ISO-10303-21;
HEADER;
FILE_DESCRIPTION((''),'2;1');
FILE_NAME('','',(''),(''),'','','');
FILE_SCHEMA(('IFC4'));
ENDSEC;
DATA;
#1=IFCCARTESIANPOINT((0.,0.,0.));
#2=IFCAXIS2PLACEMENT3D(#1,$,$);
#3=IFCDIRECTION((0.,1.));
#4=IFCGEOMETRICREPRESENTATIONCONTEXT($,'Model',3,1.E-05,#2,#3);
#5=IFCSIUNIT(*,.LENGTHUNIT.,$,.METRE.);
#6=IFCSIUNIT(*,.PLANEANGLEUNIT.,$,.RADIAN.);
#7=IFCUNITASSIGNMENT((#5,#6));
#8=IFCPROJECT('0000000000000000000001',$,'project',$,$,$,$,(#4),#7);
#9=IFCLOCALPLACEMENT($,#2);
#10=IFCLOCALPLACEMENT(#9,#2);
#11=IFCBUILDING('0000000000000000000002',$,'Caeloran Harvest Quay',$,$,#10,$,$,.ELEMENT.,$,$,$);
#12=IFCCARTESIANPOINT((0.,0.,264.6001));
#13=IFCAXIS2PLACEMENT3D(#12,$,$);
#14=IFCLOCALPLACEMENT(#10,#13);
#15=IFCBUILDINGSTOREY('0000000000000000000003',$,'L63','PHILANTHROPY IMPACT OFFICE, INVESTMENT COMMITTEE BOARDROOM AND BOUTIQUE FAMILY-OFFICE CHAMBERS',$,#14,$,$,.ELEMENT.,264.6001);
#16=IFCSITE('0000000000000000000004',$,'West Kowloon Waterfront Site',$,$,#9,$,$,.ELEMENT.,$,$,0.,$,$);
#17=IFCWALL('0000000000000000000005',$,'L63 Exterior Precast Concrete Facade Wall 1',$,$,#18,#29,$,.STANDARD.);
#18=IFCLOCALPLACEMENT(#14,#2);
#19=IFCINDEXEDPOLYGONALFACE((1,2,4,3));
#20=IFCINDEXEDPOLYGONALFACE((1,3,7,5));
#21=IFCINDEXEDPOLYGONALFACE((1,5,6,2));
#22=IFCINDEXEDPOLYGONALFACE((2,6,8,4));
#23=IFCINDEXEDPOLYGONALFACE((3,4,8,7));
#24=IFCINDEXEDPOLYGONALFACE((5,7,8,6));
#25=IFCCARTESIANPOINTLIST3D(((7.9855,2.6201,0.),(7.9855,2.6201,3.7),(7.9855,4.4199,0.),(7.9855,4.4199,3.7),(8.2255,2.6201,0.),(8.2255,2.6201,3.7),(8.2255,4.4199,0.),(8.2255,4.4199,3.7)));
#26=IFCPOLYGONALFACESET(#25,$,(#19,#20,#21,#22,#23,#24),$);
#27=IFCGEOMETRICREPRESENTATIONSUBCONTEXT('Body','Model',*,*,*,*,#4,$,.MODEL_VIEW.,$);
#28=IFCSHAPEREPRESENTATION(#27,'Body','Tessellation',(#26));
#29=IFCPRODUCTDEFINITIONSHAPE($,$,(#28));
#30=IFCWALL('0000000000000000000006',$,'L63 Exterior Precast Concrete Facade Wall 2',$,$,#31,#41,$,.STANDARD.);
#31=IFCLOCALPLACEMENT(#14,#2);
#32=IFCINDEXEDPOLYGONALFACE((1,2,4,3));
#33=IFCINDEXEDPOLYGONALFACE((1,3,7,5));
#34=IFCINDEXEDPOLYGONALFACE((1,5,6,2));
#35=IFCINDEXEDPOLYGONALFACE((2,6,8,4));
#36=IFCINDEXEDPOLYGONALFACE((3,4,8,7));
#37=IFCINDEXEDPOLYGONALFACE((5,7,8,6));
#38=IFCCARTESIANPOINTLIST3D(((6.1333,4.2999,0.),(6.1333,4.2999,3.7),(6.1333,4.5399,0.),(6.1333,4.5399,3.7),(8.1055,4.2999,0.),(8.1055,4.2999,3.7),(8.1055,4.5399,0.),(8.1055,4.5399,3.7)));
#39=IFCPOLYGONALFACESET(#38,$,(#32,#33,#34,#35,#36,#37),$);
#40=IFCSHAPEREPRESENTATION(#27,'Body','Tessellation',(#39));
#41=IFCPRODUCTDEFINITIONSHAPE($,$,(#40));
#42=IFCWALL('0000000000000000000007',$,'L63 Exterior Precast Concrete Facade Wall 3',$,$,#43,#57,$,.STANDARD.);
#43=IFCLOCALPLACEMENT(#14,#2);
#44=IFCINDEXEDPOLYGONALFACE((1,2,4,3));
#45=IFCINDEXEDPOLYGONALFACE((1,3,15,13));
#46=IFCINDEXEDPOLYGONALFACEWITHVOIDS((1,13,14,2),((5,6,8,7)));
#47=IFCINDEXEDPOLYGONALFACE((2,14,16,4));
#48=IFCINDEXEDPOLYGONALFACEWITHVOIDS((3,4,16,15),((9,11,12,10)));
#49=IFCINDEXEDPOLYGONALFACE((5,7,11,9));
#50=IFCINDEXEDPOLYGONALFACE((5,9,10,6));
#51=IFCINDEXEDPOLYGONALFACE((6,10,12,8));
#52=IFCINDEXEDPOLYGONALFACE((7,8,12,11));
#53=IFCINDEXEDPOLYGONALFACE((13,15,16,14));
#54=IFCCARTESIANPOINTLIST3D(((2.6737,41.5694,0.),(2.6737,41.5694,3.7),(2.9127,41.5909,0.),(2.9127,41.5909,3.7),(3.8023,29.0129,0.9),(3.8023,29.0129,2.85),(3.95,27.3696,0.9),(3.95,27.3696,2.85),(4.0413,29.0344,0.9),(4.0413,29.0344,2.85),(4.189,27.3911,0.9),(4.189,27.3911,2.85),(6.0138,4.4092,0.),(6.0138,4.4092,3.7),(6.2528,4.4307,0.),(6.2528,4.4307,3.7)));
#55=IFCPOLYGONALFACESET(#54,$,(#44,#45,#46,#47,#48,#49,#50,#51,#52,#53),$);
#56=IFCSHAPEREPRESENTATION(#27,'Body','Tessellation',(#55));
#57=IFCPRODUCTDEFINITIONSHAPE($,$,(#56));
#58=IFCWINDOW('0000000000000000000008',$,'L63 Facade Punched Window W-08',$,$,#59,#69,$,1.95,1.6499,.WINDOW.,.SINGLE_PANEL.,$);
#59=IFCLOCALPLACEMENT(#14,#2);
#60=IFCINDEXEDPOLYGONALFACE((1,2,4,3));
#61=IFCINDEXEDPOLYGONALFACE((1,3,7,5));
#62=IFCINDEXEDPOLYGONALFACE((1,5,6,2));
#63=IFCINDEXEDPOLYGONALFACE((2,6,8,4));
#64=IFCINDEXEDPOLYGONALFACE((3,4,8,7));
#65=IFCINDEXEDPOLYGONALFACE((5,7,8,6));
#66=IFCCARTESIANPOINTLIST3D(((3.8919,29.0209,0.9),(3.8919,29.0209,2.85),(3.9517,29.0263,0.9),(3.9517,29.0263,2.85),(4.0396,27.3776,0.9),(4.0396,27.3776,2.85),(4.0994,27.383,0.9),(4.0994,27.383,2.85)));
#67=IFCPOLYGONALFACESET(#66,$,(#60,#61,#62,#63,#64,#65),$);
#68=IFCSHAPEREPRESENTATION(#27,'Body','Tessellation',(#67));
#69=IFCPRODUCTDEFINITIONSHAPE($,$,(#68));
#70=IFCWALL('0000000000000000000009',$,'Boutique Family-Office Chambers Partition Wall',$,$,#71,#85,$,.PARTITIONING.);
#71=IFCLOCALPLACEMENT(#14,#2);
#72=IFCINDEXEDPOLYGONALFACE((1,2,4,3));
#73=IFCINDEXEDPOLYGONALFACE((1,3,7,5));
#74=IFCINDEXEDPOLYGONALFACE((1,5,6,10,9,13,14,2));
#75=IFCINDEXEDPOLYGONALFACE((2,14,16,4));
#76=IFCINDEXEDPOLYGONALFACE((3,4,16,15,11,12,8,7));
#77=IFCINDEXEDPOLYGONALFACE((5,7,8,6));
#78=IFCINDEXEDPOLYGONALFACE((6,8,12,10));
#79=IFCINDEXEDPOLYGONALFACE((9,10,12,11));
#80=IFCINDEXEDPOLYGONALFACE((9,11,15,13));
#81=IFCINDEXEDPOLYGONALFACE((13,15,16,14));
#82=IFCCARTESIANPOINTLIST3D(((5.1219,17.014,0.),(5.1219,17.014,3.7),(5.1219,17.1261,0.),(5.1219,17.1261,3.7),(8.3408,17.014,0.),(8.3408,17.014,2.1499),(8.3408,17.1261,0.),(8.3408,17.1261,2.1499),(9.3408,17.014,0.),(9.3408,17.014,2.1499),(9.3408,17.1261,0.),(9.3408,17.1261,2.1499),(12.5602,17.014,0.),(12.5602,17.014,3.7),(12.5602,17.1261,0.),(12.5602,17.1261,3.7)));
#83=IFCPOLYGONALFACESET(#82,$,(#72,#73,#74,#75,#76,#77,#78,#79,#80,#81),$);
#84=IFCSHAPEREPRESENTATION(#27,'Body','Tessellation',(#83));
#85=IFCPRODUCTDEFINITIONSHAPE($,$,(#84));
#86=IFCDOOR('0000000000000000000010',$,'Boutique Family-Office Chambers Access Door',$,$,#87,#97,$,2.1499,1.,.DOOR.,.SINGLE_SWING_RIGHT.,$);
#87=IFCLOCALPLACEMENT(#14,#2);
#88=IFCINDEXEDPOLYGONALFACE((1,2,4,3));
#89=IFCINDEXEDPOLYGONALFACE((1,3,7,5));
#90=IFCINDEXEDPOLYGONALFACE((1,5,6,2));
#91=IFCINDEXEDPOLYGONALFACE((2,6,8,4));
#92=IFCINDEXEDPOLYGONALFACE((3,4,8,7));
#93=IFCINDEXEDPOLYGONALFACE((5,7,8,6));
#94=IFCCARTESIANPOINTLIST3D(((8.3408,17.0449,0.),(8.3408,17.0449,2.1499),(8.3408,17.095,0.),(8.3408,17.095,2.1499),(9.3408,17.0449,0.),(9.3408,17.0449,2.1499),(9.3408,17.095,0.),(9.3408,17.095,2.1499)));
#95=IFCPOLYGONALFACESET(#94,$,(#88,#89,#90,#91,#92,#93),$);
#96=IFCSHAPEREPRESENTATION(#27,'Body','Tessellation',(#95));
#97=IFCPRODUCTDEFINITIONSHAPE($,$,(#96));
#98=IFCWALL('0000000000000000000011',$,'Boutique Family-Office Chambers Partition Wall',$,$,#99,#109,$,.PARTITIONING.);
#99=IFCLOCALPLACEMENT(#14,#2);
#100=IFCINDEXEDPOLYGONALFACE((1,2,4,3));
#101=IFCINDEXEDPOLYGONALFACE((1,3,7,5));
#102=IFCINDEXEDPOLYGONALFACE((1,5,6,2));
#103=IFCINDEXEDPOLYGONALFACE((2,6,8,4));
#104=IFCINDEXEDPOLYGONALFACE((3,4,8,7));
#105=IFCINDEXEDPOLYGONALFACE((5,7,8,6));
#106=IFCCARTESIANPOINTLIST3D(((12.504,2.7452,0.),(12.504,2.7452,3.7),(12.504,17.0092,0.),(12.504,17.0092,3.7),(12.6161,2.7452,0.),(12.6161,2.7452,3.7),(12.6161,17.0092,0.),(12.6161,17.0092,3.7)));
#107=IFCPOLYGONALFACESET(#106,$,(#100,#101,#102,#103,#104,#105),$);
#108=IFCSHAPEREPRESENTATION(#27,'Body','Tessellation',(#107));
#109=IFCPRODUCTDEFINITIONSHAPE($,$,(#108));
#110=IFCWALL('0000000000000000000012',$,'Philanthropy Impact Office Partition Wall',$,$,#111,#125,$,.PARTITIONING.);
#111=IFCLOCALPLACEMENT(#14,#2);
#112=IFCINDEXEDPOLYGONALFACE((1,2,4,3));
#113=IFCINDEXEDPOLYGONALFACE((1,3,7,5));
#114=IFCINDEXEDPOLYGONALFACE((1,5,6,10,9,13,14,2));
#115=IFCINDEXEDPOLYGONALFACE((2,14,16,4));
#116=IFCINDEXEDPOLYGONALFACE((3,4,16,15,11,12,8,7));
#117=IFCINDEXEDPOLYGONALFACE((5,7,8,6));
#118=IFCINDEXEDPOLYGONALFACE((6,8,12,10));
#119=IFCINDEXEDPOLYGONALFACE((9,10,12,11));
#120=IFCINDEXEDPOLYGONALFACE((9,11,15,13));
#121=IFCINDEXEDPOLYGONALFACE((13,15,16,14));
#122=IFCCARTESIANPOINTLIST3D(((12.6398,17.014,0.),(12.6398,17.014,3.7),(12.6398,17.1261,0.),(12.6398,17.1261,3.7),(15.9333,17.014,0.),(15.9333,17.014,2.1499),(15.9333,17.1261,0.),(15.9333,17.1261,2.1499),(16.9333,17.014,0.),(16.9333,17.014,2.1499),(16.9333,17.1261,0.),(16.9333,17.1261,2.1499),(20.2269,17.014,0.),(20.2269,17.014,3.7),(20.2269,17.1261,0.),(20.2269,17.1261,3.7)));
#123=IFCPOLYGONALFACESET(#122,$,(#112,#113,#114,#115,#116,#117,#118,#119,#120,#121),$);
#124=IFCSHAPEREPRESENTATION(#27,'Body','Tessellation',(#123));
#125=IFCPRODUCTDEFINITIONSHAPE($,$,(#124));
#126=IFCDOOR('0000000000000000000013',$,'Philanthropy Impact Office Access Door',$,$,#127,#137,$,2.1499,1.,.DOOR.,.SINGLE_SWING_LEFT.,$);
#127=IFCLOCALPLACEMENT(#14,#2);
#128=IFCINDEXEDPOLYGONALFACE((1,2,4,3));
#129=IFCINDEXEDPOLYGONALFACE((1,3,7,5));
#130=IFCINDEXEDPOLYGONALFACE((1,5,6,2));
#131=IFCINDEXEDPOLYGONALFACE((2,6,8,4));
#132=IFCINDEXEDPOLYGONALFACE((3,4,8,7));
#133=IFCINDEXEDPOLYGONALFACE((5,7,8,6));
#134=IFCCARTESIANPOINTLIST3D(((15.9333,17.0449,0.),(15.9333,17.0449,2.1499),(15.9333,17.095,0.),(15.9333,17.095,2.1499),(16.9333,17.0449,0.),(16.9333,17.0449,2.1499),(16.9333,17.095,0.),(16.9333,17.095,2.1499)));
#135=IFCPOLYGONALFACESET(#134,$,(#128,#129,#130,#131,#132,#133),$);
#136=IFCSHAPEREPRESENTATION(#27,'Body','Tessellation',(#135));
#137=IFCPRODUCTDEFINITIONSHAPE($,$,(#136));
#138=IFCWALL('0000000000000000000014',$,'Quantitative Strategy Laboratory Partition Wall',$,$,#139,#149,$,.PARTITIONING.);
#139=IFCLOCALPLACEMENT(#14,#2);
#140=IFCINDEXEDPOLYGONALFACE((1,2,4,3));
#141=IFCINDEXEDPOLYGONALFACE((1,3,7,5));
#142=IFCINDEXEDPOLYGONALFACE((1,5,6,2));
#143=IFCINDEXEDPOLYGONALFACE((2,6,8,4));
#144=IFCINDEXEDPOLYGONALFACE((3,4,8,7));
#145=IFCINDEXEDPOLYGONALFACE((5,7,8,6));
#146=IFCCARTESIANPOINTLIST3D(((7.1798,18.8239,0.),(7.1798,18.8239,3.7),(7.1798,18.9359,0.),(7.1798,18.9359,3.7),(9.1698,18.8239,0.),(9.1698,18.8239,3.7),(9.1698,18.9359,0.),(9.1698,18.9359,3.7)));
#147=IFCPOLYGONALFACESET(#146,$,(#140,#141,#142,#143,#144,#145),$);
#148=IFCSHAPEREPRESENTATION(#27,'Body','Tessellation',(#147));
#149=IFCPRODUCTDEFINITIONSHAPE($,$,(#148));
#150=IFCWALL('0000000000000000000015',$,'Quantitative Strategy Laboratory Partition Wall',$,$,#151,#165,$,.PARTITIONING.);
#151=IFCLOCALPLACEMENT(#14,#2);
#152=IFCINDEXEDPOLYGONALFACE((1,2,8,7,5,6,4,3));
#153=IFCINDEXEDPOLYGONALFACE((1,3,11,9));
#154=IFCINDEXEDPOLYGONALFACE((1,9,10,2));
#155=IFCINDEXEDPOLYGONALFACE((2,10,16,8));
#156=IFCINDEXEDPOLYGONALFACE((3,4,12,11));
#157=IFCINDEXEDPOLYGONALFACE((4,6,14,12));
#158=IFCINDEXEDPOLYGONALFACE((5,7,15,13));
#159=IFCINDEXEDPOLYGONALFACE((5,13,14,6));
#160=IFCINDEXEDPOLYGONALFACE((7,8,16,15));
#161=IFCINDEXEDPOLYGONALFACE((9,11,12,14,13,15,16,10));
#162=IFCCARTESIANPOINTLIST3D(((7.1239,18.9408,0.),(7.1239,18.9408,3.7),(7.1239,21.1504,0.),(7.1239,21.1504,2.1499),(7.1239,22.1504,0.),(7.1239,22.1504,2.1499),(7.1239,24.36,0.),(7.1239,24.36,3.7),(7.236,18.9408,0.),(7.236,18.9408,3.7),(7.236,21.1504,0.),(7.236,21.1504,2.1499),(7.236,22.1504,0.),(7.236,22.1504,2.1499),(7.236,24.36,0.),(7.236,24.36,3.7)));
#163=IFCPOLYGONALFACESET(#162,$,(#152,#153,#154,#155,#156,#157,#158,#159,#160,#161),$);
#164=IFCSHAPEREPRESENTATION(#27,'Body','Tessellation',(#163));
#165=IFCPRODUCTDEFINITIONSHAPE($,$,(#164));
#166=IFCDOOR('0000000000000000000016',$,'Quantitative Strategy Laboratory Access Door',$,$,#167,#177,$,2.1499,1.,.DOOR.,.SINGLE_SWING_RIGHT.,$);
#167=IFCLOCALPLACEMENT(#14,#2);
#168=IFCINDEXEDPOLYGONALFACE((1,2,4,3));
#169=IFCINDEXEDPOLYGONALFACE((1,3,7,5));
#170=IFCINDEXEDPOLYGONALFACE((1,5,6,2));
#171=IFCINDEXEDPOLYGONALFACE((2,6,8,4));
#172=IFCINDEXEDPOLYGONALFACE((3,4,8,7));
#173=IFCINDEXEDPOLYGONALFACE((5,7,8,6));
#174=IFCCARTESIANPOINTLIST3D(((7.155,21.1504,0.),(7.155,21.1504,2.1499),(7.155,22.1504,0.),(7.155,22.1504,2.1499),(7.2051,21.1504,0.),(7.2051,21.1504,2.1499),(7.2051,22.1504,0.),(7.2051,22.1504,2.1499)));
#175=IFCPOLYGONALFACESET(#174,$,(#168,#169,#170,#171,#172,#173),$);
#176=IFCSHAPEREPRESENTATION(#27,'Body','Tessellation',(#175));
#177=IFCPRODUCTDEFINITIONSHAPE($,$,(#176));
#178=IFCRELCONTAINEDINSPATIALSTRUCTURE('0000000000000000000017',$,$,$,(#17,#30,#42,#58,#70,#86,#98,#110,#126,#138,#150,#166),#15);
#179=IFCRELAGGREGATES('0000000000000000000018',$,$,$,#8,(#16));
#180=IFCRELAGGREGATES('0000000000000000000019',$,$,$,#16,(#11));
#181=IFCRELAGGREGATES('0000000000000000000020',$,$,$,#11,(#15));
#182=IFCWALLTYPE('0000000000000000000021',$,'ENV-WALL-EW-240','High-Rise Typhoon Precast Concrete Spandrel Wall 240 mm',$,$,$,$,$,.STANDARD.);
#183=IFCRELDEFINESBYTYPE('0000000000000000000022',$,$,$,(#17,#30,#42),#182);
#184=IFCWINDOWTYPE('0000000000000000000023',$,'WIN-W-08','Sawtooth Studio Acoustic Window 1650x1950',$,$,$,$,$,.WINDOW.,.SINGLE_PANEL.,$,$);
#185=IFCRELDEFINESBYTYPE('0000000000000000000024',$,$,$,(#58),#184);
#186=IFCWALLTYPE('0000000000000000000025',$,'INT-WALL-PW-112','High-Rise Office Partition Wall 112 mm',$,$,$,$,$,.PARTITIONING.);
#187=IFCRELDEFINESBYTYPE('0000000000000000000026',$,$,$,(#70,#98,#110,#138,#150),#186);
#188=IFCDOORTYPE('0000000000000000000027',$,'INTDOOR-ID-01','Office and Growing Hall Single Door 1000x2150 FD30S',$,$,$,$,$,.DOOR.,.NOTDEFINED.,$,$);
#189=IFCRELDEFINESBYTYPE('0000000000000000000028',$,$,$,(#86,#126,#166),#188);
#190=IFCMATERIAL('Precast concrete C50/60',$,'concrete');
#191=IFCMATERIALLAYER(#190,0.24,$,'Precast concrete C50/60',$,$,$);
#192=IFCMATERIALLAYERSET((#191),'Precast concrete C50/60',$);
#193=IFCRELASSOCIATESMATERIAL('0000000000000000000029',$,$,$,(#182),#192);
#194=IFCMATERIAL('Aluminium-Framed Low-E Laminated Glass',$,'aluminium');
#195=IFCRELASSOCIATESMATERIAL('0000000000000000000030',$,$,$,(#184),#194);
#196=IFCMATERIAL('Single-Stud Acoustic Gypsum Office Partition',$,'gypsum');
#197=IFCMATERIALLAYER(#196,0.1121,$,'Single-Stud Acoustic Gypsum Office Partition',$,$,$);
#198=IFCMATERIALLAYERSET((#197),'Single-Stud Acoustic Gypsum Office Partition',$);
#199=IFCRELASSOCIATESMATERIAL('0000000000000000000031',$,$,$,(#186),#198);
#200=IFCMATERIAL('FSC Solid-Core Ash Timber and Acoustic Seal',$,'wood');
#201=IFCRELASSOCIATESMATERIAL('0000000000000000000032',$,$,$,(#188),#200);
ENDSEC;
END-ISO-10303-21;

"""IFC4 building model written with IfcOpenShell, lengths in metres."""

from ifc_helpers import new_model, si_unit, direction, frame, frame_2d, origin, place, context, subcontext, project, spatial, rectangle, extrude, material, layer, layer_set, type_object, element, fill, save


model = new_model("IFC4")

# Units and contexts
model_context = context("Model", 3, precision=1e-05, world=origin(), true_north=direction((0.0, 1.0)))
body_context = subcontext(model_context, "Body", "Model", "MODEL_VIEW")
ifc_project = project(units=[si_unit("LENGTHUNIT", "METRE"), si_unit("PLANEANGLEUNIT", "RADIAN")], contexts=[model_context])

# Site, building, storey
site_placement = place(None, origin())
site = spatial("IfcSite", under=ifc_project, at=site_placement, Name="West Kowloon Waterfront Site", CompositionType="ELEMENT", RefElevation=0.0)
building_placement = place(site_placement, origin())
building = spatial("IfcBuilding", under=site, at=building_placement, Name="Caeloran Harvest Quay", CompositionType="ELEMENT")
storey_placement = place(building_placement, frame((0.0, 0.0, 264.6001)))
storey = spatial("IfcBuildingStorey", under=building, at=storey_placement, Name="L63", Description="PHILANTHROPY IMPACT OFFICE, INVESTMENT COMMITTEE BOARDROOM AND BOUTIQUE FAMILY-OFFICE CHAMBERS", CompositionType="ELEMENT", Elevation=264.6001)

# Shared definitions
ifc_material_1 = material(Name="Precast concrete C50/60", Category="concrete")

# Walls
ifc_layer_1 = layer(ifc_material_1, 0.24, Name="Precast concrete C50/60")
ifc_layer_set_1 = layer_set([ifc_layer_1], Name="Precast concrete C50/60")
wall_type_1 = type_object("IfcWallType", Name="ENV-WALL-EW-240", Description="High-Rise Typhoon Precast Concrete Spandrel Wall 240 mm", PredefinedType="STANDARD", material=ifc_layer_set_1)
wall_1_placement = place(storey_placement, frame((8.1055, 2.6201, 0.0), z_axis=(0.0, 0.0, 1.0), x_axis=(0.0, 1.0, 0.0)))
element("IfcWall", 1, at=wall_1_placement, inside=storey, type_object=wall_type_1, Name="L63 Exterior Precast Concrete Facade Wall 1", PredefinedType="STANDARD", context=body_context, shape_type="SweptSolid", body=[
    extrude(rectangle(XDim=1.7998, YDim=0.24, at=frame_2d((0.8999, 0.0))), origin(), (0.0, 0.0, 1.0), 3.7),
])
wall_2_placement = place(storey_placement, frame((8.1055, 4.4199, 0.0), z_axis=(0.0, 0.0, 1.0), x_axis=(-1.0, 0.0, 0.0)))
element("IfcWall", 2, at=wall_2_placement, inside=storey, type_object=wall_type_1, Name="L63 Exterior Precast Concrete Facade Wall 2", PredefinedType="STANDARD", context=body_context, shape_type="SweptSolid", body=[
    extrude(rectangle(XDim=1.9722, YDim=0.24, at=frame_2d((0.9861, 0.0))), origin(), (0.0, 0.0, 1.0), 3.7),
])

# Wall, opening, window
wall_3_placement = place(storey_placement, frame((6.1333, 4.4199, 0.0), z_axis=(0.0, 0.0, 1.0), x_axis=(-0.089523, 0.995985, 0.0)))
wall_3 = element("IfcWall", 3, at=wall_3_placement, inside=storey, type_object=wall_type_1, Name="L63 Exterior Precast Concrete Facade Wall 3", PredefinedType="STANDARD", context=body_context, shape_type="SweptSolid", body=[
    extrude(rectangle(XDim=37.3101, YDim=0.24, at=frame_2d((18.655, 0.0))), origin(), (0.0, 0.0, 1.0), 3.7),
])
opening_1_placement = place(wall_3_placement, frame((23.053, 0.0, 0.8999)))
opening_1 = element("IfcOpeningElement", 4, at=opening_1_placement, cuts=wall_3, PredefinedType="OPENING", context=body_context, shape_type="SweptSolid", body=[
    extrude(rectangle(XDim=1.6499, YDim=1.95, at=frame_2d((0.825, 0.9751))), frame((0.0, 0.1299, 0.0), z_axis=(0.0, -1.0, 0.0), x_axis=(1.0, 0.0, 0.0)), (0.0, 0.0, 1.0), 0.26),
])
ifc_material_2 = material(Name="Aluminium-Framed Low-E Laminated Glass", Category="aluminium")
window_type = type_object("IfcWindowType", Name="WIN-W-08", Description="Sawtooth Studio Acoustic Window 1650x1950", PartitioningType="SINGLE_PANEL", PredefinedType="WINDOW", material=ifc_material_2)
window_placement = place(opening_1_placement, origin())
window = element("IfcWindow", 5, at=window_placement, inside=storey, type_object=window_type, Name="L63 Facade Punched Window W-08", OverallHeight=1.95, OverallWidth=1.6499, PartitioningType="SINGLE_PANEL", PredefinedType="WINDOW", context=body_context, shape_type="SweptSolid", body=[
    extrude(rectangle(XDim=1.6499, YDim=1.95, at=frame_2d((0.825, 0.9751))), frame((0.0, 0.03, 0.0), z_axis=(0.0, -1.0, 0.0), x_axis=(1.0, 0.0, 0.0)), (0.0, 0.0, 1.0), 0.0601),
])
fill(opening_1, window)

# Wall, opening, door
ifc_material_3 = material(Name="Single-Stud Acoustic Gypsum Office Partition", Category="gypsum")
ifc_layer_2 = layer(ifc_material_3, 0.1121, Name="Single-Stud Acoustic Gypsum Office Partition")
ifc_layer_set_2 = layer_set([ifc_layer_2], Name="Single-Stud Acoustic Gypsum Office Partition")
wall_type_2 = type_object("IfcWallType", Name="INT-WALL-PW-112", Description="High-Rise Office Partition Wall 112 mm", PredefinedType="PARTITIONING", material=ifc_layer_set_2)
wall_4_placement = place(storey_placement, frame((5.1218, 17.0701, 0.0), z_axis=(0.0, 0.0, 1.0), x_axis=(1.0, 0.0, 0.0)))
wall_4 = element("IfcWall", 6, at=wall_4_placement, inside=storey, type_object=wall_type_2, Name="Boutique Family-Office Chambers Partition Wall", PredefinedType="PARTITIONING", context=body_context, shape_type="SweptSolid", body=[
    extrude(rectangle(XDim=7.4382, YDim=0.1121, at=frame_2d((3.7192, 0.0))), origin(), (0.0, 0.0, 1.0), 3.7),
])
opening_2_placement = place(wall_4_placement, frame((3.219, 0.0, 0.0)))
opening_2 = element("IfcOpeningElement", 7, at=opening_2_placement, cuts=wall_4, PredefinedType="OPENING", context=body_context, shape_type="SweptSolid", body=[
    extrude(rectangle(XDim=1.0, YDim=2.1499, at=frame_2d((0.5, 1.075))), frame((0.0, 0.0659, 0.0), z_axis=(0.0, -1.0, 0.0), x_axis=(1.0, 0.0, 0.0)), (0.0, 0.0, 1.0), 0.1321),
])
ifc_material_4 = material(Name="FSC Solid-Core Ash Timber and Acoustic Seal", Category="wood")
door_type = type_object("IfcDoorType", Name="INTDOOR-ID-01", Description="Office and Growing Hall Single Door 1000x2150 FD30S", OperationType="NOTDEFINED", PredefinedType="DOOR", material=ifc_material_4)
door_1_placement = place(opening_2_placement, origin())
door_1 = element("IfcDoor", 8, at=door_1_placement, inside=storey, type_object=door_type, Name="Boutique Family-Office Chambers Access Door", OperationType="SINGLE_SWING_RIGHT", OverallHeight=2.1499, OverallWidth=1.0, PredefinedType="DOOR", context=body_context, shape_type="SweptSolid", body=[
    extrude(rectangle(XDim=1.0, YDim=2.1499, at=frame_2d((0.5, 1.075))), frame((0.0, 0.0249, 0.0), z_axis=(0.0, -1.0, 0.0), x_axis=(1.0, 0.0, 0.0)), (0.0, 0.0, 1.0), 0.05),
])
fill(opening_2, door_1)

# Wall
wall_5_placement = place(storey_placement, frame((12.5601, 17.009, 0.0), z_axis=(0.0, 0.0, 1.0), x_axis=(0.0, -1.0, 0.0)))
element("IfcWall", 9, at=wall_5_placement, inside=storey, type_object=wall_type_2, Name="Boutique Family-Office Chambers Partition Wall", PredefinedType="PARTITIONING", context=body_context, shape_type="SweptSolid", body=[
    extrude(rectangle(XDim=14.2639, YDim=0.1121, at=frame_2d((7.1318, 0.0))), origin(), (0.0, 0.0, 1.0), 3.7),
])

# Wall, opening, door
wall_6_placement = place(storey_placement, frame((12.6399, 17.0701, 0.0), z_axis=(0.0, 0.0, 1.0), x_axis=(1.0, 0.0, 0.0)))
wall_6 = element("IfcWall", 10, at=wall_6_placement, inside=storey, type_object=wall_type_2, Name="Philanthropy Impact Office Partition Wall", PredefinedType="PARTITIONING", context=body_context, shape_type="SweptSolid", body=[
    extrude(rectangle(XDim=7.5872, YDim=0.1121, at=frame_2d((3.7935, 0.0))), origin(), (0.0, 0.0, 1.0), 3.7),
])
opening_3_placement = place(wall_6_placement, frame((3.2935, 0.0, 0.0)))
opening_3 = element("IfcOpeningElement", 11, at=opening_3_placement, cuts=wall_6, PredefinedType="OPENING", context=body_context, shape_type="SweptSolid", body=[
    extrude(rectangle(XDim=1.0, YDim=2.1499, at=frame_2d((0.5, 1.075))), frame((0.0, 0.0659, 0.0), z_axis=(0.0, -1.0, 0.0), x_axis=(1.0, 0.0, 0.0)), (0.0, 0.0, 1.0), 0.1321),
])
door_2_placement = place(opening_3_placement, origin())
door_2 = element("IfcDoor", 12, at=door_2_placement, inside=storey, type_object=door_type, Name="Philanthropy Impact Office Access Door", OperationType="SINGLE_SWING_LEFT", OverallHeight=2.1499, OverallWidth=1.0, PredefinedType="DOOR", context=body_context, shape_type="SweptSolid", body=[
    extrude(rectangle(XDim=1.0, YDim=2.1499, at=frame_2d((0.5, 1.075))), frame((0.0, 0.0249, 0.0), z_axis=(0.0, -1.0, 0.0), x_axis=(1.0, 0.0, 0.0)), (0.0, 0.0, 1.0), 0.05),
])
fill(opening_3, door_2)

# Wall
wall_7_placement = place(storey_placement, frame((9.1699, 18.8799, 0.0), z_axis=(0.0, 0.0, 1.0), x_axis=(-1.0, 0.0, 0.0)))
element("IfcWall", 13, at=wall_7_placement, inside=storey, type_object=wall_type_2, Name="Quantitative Strategy Laboratory Partition Wall", PredefinedType="PARTITIONING", context=body_context, shape_type="SweptSolid", body=[
    extrude(rectangle(XDim=1.99, YDim=0.1121, at=frame_2d((0.9951, 0.0))), origin(), (0.0, 0.0, 1.0), 3.7),
])

# Wall, opening, door
wall_8_placement = place(storey_placement, frame((7.1799, 18.9409, 0.0), z_axis=(0.0, 0.0, 1.0), x_axis=(0.0, 1.0, 0.0)))
wall_8 = element("IfcWall", 14, at=wall_8_placement, inside=storey, type_object=wall_type_2, Name="Quantitative Strategy Laboratory Partition Wall", PredefinedType="PARTITIONING", context=body_context, shape_type="SweptSolid", body=[
    extrude(rectangle(XDim=5.4192, YDim=0.1121, at=frame_2d((2.7095, 0.0))), origin(), (0.0, 0.0, 1.0), 3.7),
])
opening_4_placement = place(wall_8_placement, frame((2.2095, 0.0, 0.0)))
opening_4 = element("IfcOpeningElement", 15, at=opening_4_placement, cuts=wall_8, PredefinedType="OPENING", context=body_context, shape_type="SweptSolid", body=[
    extrude(rectangle(XDim=1.0, YDim=2.1499, at=frame_2d((0.5, 1.075))), frame((0.0, 0.0659, 0.0), z_axis=(0.0, -1.0, 0.0), x_axis=(1.0, 0.0, 0.0)), (0.0, 0.0, 1.0), 0.1321),
])
door_3_placement = place(opening_4_placement, origin())
door_3 = element("IfcDoor", 16, at=door_3_placement, inside=storey, type_object=door_type, Name="Quantitative Strategy Laboratory Access Door", OperationType="SINGLE_SWING_RIGHT", OverallHeight=2.1499, OverallWidth=1.0, PredefinedType="DOOR", context=body_context, shape_type="SweptSolid", body=[
    extrude(rectangle(XDim=1.0, YDim=2.1499, at=frame_2d((0.5, 1.075))), frame((0.0, 0.0249, 0.0), z_axis=(0.0, -1.0, 0.0), x_axis=(1.0, 0.0, 0.0)), (0.0, 0.0, 1.0), 0.05),
])
fill(opening_4, door_3)

save(model, "model.ifc")
